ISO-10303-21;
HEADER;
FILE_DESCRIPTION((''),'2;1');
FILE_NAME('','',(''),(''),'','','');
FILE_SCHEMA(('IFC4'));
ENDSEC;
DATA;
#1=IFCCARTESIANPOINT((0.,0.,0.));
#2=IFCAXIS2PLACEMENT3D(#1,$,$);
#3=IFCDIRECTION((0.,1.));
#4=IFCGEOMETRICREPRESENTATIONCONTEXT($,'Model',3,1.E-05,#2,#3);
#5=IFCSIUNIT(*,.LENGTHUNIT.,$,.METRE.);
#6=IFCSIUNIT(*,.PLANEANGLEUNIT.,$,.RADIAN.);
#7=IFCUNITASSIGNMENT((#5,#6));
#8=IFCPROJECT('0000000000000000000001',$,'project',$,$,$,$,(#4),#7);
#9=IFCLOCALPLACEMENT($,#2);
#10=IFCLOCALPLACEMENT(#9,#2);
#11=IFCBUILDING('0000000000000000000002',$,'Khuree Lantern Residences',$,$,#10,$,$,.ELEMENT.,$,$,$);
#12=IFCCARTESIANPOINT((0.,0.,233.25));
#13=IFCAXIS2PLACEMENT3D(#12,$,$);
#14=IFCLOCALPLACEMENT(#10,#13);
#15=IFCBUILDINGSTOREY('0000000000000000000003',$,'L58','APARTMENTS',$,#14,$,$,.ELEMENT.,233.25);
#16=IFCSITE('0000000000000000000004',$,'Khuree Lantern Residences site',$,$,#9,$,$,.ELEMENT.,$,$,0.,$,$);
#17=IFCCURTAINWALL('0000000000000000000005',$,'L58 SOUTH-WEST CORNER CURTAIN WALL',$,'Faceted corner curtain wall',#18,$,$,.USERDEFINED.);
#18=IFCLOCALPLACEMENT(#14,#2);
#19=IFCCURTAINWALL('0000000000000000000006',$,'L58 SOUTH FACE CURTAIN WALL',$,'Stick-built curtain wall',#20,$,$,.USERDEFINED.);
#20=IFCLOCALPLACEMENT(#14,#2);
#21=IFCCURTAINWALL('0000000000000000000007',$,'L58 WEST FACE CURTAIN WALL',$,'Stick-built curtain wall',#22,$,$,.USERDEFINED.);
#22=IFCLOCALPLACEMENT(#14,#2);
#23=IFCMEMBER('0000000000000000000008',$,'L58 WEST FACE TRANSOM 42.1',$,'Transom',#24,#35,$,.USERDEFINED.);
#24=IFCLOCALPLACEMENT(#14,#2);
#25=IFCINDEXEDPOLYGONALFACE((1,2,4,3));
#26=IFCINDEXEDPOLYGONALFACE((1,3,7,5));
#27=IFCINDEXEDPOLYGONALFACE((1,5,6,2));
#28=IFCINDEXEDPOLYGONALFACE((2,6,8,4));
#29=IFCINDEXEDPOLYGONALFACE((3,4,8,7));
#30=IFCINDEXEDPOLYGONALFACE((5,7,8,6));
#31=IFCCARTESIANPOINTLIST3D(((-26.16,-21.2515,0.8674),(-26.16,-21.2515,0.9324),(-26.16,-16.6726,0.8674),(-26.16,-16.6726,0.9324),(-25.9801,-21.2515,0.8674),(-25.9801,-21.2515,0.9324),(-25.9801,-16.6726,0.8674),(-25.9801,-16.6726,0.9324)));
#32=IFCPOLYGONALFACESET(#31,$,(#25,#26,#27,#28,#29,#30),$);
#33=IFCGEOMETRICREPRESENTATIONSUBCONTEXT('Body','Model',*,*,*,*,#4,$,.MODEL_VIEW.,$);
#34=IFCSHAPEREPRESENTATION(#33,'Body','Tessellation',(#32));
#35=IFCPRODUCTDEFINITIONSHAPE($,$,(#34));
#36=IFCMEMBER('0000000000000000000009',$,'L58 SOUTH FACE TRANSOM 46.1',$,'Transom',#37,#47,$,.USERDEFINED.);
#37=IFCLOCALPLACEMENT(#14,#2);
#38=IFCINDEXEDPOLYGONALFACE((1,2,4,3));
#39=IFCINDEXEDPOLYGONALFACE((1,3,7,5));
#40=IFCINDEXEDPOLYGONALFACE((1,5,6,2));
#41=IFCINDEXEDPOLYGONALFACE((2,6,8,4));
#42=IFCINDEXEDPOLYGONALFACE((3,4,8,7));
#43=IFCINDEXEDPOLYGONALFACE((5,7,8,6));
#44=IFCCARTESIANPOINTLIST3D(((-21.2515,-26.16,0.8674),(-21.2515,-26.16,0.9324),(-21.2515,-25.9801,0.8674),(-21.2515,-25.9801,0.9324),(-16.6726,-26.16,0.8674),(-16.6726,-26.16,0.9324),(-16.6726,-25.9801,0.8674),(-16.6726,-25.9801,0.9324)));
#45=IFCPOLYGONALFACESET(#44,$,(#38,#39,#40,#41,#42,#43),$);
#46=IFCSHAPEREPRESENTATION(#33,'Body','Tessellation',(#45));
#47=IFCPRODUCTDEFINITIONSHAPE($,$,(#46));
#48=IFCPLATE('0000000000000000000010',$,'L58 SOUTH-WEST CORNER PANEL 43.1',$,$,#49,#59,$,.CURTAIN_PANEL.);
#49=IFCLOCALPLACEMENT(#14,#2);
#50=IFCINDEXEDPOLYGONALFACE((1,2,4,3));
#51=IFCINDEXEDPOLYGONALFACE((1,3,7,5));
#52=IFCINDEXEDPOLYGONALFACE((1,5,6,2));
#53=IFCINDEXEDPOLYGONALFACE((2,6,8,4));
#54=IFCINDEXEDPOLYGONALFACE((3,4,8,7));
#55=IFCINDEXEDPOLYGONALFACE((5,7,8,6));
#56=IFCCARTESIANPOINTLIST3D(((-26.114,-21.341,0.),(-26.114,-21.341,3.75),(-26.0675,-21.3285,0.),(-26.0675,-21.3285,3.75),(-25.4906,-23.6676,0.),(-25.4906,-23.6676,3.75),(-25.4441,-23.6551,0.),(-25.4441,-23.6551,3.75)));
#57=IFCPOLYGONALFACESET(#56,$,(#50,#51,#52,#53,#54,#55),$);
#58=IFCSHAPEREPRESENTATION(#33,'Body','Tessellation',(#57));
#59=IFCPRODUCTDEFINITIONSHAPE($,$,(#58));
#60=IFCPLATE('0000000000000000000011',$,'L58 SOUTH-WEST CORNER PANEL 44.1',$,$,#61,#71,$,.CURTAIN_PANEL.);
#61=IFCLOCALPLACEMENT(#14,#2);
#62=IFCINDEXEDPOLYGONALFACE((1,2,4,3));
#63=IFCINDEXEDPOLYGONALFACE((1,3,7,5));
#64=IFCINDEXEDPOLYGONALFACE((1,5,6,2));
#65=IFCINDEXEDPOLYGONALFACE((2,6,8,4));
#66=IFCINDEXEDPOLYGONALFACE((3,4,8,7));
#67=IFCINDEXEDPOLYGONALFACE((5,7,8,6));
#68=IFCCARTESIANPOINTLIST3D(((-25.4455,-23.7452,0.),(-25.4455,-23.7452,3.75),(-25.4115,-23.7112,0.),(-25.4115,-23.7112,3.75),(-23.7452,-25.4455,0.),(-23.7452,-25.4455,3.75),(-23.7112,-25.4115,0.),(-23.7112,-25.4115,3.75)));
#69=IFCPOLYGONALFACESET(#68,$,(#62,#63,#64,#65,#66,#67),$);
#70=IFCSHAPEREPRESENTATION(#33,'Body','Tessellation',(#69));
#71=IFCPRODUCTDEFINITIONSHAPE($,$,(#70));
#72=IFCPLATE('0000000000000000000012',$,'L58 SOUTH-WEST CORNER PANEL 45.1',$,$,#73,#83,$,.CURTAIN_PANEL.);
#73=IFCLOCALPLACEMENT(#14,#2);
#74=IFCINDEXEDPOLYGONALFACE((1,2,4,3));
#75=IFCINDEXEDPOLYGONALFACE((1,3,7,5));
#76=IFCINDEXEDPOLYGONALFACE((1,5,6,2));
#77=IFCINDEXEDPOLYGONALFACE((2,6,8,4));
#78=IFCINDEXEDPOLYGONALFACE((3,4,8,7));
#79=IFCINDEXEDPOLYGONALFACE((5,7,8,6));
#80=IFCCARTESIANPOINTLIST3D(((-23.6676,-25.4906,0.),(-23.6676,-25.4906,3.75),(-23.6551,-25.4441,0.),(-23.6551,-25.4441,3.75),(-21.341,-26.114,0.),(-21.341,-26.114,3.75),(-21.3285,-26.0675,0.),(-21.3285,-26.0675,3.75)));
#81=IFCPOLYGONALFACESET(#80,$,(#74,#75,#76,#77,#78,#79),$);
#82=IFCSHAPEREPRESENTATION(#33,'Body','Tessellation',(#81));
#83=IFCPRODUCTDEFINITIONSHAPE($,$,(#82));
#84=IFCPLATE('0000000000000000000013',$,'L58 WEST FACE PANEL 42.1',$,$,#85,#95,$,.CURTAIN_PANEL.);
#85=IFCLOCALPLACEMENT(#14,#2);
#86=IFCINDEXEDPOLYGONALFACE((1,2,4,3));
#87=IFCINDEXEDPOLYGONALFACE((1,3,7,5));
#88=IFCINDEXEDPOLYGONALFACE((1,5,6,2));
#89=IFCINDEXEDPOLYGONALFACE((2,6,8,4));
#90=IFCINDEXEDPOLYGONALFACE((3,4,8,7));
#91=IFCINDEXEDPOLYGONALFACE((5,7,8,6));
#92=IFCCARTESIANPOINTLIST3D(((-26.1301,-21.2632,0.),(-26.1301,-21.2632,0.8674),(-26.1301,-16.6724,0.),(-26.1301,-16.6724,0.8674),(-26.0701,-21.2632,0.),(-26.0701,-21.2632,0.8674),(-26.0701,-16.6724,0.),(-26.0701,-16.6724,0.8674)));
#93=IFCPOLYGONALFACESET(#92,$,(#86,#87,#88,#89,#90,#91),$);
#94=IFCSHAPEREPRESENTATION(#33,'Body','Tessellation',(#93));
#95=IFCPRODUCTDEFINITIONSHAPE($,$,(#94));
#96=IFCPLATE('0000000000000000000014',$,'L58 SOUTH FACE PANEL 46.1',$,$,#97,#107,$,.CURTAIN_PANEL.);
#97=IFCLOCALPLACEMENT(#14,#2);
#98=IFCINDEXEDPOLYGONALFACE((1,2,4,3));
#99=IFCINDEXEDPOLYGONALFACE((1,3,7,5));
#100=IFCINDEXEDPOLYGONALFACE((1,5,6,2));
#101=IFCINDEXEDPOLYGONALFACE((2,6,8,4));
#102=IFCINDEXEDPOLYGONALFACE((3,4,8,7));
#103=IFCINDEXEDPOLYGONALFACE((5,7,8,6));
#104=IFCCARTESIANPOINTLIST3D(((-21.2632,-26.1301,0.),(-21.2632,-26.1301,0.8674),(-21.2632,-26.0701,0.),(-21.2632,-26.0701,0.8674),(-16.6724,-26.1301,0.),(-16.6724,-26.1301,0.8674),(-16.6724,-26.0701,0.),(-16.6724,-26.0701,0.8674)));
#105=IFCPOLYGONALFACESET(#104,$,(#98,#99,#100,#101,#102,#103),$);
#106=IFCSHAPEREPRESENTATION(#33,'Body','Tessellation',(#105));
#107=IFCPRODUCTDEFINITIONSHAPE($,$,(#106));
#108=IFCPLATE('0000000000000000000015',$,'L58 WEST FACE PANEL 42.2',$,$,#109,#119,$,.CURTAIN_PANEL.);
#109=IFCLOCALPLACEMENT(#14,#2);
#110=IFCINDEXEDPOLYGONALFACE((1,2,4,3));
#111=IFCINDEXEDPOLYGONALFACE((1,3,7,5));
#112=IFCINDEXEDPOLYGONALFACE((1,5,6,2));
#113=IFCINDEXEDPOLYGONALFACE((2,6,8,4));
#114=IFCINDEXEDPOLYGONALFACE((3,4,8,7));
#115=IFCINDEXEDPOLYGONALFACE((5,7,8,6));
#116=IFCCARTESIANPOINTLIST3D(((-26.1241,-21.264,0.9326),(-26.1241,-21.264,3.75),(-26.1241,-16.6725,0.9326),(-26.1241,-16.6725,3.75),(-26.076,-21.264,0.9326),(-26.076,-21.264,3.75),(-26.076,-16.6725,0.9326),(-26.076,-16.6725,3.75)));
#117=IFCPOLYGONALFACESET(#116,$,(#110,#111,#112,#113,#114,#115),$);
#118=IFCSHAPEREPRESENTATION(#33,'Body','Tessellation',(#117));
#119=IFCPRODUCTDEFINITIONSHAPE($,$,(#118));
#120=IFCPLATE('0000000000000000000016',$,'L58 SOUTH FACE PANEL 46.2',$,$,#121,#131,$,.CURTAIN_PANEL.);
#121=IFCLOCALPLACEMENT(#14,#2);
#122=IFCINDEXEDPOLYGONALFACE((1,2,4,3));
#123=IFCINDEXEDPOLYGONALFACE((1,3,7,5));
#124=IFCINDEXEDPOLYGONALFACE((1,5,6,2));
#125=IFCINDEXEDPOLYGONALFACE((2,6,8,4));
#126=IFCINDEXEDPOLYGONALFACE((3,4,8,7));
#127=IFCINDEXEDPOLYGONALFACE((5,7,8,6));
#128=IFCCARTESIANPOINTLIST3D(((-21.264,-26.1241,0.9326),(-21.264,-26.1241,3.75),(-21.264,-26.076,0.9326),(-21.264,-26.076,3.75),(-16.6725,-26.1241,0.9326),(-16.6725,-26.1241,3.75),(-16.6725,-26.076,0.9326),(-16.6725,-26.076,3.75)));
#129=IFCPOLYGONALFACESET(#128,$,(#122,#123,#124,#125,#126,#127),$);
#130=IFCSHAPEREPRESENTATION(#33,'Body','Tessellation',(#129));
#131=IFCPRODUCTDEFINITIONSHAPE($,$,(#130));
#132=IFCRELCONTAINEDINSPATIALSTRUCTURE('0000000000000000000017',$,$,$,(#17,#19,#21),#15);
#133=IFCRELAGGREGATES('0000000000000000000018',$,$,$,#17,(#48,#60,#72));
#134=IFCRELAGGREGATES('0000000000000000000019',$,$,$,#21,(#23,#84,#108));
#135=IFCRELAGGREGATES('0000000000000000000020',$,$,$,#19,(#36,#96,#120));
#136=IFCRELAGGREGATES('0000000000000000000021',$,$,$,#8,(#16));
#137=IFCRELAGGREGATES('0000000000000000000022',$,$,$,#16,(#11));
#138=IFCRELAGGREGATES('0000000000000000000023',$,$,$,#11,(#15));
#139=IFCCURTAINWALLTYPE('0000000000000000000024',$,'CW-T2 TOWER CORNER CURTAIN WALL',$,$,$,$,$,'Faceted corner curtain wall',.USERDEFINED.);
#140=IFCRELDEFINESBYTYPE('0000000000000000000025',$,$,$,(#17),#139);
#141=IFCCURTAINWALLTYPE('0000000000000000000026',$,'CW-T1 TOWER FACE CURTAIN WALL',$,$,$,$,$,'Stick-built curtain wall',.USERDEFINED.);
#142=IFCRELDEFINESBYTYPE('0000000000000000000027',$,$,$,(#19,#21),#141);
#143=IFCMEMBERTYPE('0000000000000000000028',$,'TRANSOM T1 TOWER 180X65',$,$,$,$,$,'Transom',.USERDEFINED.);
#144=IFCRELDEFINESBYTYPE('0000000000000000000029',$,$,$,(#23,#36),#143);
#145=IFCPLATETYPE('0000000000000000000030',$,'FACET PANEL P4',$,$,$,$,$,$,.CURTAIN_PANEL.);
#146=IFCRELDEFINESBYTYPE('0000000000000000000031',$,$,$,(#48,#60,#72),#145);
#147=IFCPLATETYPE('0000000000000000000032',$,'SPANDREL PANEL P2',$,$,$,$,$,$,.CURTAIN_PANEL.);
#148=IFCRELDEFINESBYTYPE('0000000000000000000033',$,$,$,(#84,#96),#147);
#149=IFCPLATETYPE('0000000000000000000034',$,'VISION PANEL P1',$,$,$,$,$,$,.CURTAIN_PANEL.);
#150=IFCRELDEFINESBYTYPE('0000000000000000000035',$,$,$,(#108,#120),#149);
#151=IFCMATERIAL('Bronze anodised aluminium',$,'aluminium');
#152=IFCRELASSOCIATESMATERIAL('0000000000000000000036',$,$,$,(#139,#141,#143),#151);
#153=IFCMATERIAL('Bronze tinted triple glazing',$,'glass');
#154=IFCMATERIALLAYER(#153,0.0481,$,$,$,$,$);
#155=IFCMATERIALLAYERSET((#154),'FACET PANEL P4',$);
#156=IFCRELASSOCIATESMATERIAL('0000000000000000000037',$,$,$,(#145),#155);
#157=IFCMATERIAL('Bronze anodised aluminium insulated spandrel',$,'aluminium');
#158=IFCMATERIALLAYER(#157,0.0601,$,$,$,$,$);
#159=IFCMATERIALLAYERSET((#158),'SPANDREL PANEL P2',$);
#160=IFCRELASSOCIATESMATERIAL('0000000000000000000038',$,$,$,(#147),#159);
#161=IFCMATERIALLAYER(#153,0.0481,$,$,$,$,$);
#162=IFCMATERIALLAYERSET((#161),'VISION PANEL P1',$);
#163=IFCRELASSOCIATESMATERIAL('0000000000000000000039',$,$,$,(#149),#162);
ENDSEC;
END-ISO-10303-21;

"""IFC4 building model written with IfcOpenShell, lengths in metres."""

from ifc_helpers import new_model, si_unit, direction, frame, origin, origin_2d, place, context, subcontext, project, spatial, rectangle, extrude, material, layer, layer_set, material_profile, profile_set, type_object, element, aggregate, save


model = new_model("IFC4")

# Units and contexts
model_context = context("Model", 3, precision=1e-05, world=origin(), true_north=direction((0.0, 1.0)))
body_context = subcontext(model_context, "Body", "Model", "MODEL_VIEW")
ifc_project = project(units=[si_unit("LENGTHUNIT", "METRE"), si_unit("PLANEANGLEUNIT", "RADIAN")], contexts=[model_context])

# Site, building, storey
site_placement = place(None, origin())
site = spatial("IfcSite", under=ifc_project, at=site_placement, Name="Khuree Lantern Residences site", CompositionType="ELEMENT", RefElevation=0.0)
building_placement = place(site_placement, origin())
building = spatial("IfcBuilding", under=site, at=building_placement, Name="Khuree Lantern Residences", CompositionType="ELEMENT")
storey_placement = place(building_placement, frame((0.0, 0.0, 233.25)))
storey = spatial("IfcBuildingStorey", under=building, at=storey_placement, Name="L58", Description="APARTMENTS", CompositionType="ELEMENT", Elevation=233.25)

# Curtain wall
ifc_material_1 = material(Name="Bronze anodised aluminium", Category="aluminium")
curtain_wall_type_1 = type_object("IfcCurtainWallType", Name="CW-T2 TOWER CORNER CURTAIN WALL", ElementType="Faceted corner curtain wall", PredefinedType="USERDEFINED", material=ifc_material_1)
curtain_wall_1_placement = place(storey_placement, origin())
curtain_wall_1 = element("IfcCurtainWall", 1, at=curtain_wall_1_placement, inside=storey, type_object=curtain_wall_type_1, Name="L58 SOUTH-WEST CORNER CURTAIN WALL", ObjectType="Faceted corner curtain wall", PredefinedType="USERDEFINED")

# Curtain wall
curtain_wall_type_2 = type_object("IfcCurtainWallType", Name="CW-T1 TOWER FACE CURTAIN WALL", ElementType="Stick-built curtain wall", PredefinedType="USERDEFINED", material=ifc_material_1)
curtain_wall_2_placement = place(storey_placement, origin())
curtain_wall_2 = element("IfcCurtainWall", 2, at=curtain_wall_2_placement, inside=storey, type_object=curtain_wall_type_2, Name="L58 SOUTH FACE CURTAIN WALL", ObjectType="Stick-built curtain wall", PredefinedType="USERDEFINED")

# Curtain wall, member
curtain_wall_3_placement = place(storey_placement, origin())
curtain_wall_3 = element("IfcCurtainWall", 3, at=curtain_wall_3_placement, inside=storey, type_object=curtain_wall_type_2, Name="L58 WEST FACE CURTAIN WALL", ObjectType="Stick-built curtain wall", PredefinedType="USERDEFINED")
ifc_material_profile_1 = material_profile(ifc_material_1, rectangle(XDim=0.1799, YDim=0.0649, at=origin_2d()), Name="T1 180X65")
ifc_profile_set_1 = profile_set([ifc_material_profile_1], Name="Bronze anodised aluminium")
member_type_1 = type_object("IfcMemberType", Name="TRANSOM T1 TOWER 180X65", ElementType="Transom", PredefinedType="USERDEFINED", material=ifc_profile_set_1)
member_1_placement = place(storey_placement, frame((-26.0701, -16.6726, 0.8999), z_axis=(0.0, -1.0, 0.0), x_axis=(1.0, 0.0, 0.0)))
member_1 = element("IfcMember", 4, at=member_1_placement, type_object=member_type_1, Name="L58 WEST FACE TRANSOM 42.1", ObjectType="Transom", PredefinedType="USERDEFINED", context=body_context, shape_type="SweptSolid", body=[
    extrude(rectangle(XDim=0.1799, YDim=0.0649, at=origin_2d()), origin(), (0.0, 0.0, 1.0), 4.5789),
])

# Member
member_2_placement = place(storey_placement, frame((-21.2515, -26.0701, 0.8999), z_axis=(1.0, 0.0, 0.0), x_axis=(0.0, 1.0, 0.0)))
member_2 = element("IfcMember", 5, at=member_2_placement, type_object=member_type_1, Name="L58 SOUTH FACE TRANSOM 46.1", ObjectType="Transom", PredefinedType="USERDEFINED", context=body_context, shape_type="SweptSolid", body=[
    extrude(rectangle(XDim=0.1799, YDim=0.0649, at=origin_2d()), origin(), (0.0, 0.0, 1.0), 4.5789),
])

# Plates
ifc_material_2 = material(Name="Bronze tinted triple glazing", Category="glass")
ifc_layer_1 = layer(ifc_material_2, 0.0481)
ifc_layer_set_1 = layer_set([ifc_layer_1], Name="FACET PANEL P4")
plate_type_1 = type_object("IfcPlateType", Name="FACET PANEL P4", PredefinedType="CURTAIN_PANEL", material=ifc_layer_set_1)
plate_1_placement = place(storey_placement, frame((-25.7791, -22.498, 0.0), z_axis=(0.0, 0.0, 1.0), x_axis=(0.258819, -0.965926, 0.0)))
plate_1 = element("IfcPlate", 6, at=plate_1_placement, type_object=plate_type_1, Name="L58 SOUTH-WEST CORNER PANEL 43.1", PredefinedType="CURTAIN_PANEL", context=body_context, shape_type="SweptSolid", body=[
    extrude(rectangle(XDim=2.4087, YDim=0.0481, at=origin_2d()), origin(), (0.0, 0.0, 1.0), 3.75),
])
plate_2_placement = place(storey_placement, frame((-24.5784, -24.5784, 0.0), z_axis=(0.0, 0.0, 1.0), x_axis=(0.707107, -0.707107, 0.0)))
plate_2 = element("IfcPlate", 7, at=plate_2_placement, type_object=plate_type_1, Name="L58 SOUTH-WEST CORNER PANEL 44.1", PredefinedType="CURTAIN_PANEL", context=body_context, shape_type="SweptSolid", body=[
    extrude(rectangle(XDim=2.4045, YDim=0.0481, at=origin_2d()), origin(), (0.0, 0.0, 1.0), 3.75),
])
plate_3_placement = place(storey_placement, frame((-22.498, -25.7791, 0.0), z_axis=(0.0, 0.0, 1.0), x_axis=(0.965926, -0.258819, 0.0)))
plate_3 = element("IfcPlate", 8, at=plate_3_placement, type_object=plate_type_1, Name="L58 SOUTH-WEST CORNER PANEL 45.1", PredefinedType="CURTAIN_PANEL", context=body_context, shape_type="SweptSolid", body=[
    extrude(rectangle(XDim=2.4087, YDim=0.0481, at=origin_2d()), origin(), (0.0, 0.0, 1.0), 3.75),
])
aggregate(curtain_wall_1, [plate_1, plate_2, plate_3])
ifc_material_3 = material(Name="Bronze anodised aluminium insulated spandrel", Category="aluminium")
ifc_layer_2 = layer(ifc_material_3, 0.0601)
ifc_layer_set_2 = layer_set([ifc_layer_2], Name="SPANDREL PANEL P2")
plate_type_2 = type_object("IfcPlateType", Name="SPANDREL PANEL P2", PredefinedType="CURTAIN_PANEL", material=ifc_layer_set_2)
plate_4_placement = place(storey_placement, frame((-26.1001, -18.9678, 0.0), z_axis=(0.0, 0.0, 1.0), x_axis=(0.0, -1.0, 0.0)))
plate_4 = element("IfcPlate", 9, at=plate_4_placement, type_object=plate_type_2, Name="L58 WEST FACE PANEL 42.1", PredefinedType="CURTAIN_PANEL", context=body_context, shape_type="SweptSolid", body=[
    extrude(rectangle(XDim=4.5908, YDim=0.0601, at=origin_2d()), origin(), (0.0, 0.0, 1.0), 0.8674),
])
plate_5_placement = place(storey_placement, frame((-18.9678, -26.1001, 0.0), z_axis=(0.0, 0.0, 1.0), x_axis=(1.0, 0.0, 0.0)))
plate_5 = element("IfcPlate", 10, at=plate_5_placement, type_object=plate_type_2, Name="L58 SOUTH FACE PANEL 46.1", PredefinedType="CURTAIN_PANEL", context=body_context, shape_type="SweptSolid", body=[
    extrude(rectangle(XDim=4.5908, YDim=0.0601, at=origin_2d()), origin(), (0.0, 0.0, 1.0), 0.8674),
])
ifc_layer_3 = layer(ifc_material_2, 0.0481)
ifc_layer_set_3 = layer_set([ifc_layer_3], Name="VISION PANEL P1")
plate_type_3 = type_object("IfcPlateType", Name="VISION PANEL P1", PredefinedType="CURTAIN_PANEL", material=ifc_layer_set_3)
plate_6_placement = place(storey_placement, frame((-26.1001, -18.9683, 0.9326), z_axis=(0.0, 0.0, 1.0), x_axis=(0.0, -1.0, 0.0)))
plate_6 = element("IfcPlate", 11, at=plate_6_placement, type_object=plate_type_3, Name="L58 WEST FACE PANEL 42.2", PredefinedType="CURTAIN_PANEL", context=body_context, shape_type="SweptSolid", body=[
    extrude(rectangle(XDim=4.5916, YDim=0.0481, at=origin_2d()), origin(), (0.0, 0.0, 1.0), 2.8174),
])
aggregate(curtain_wall_3, [member_1, plate_4, plate_6])
plate_7_placement = place(storey_placement, frame((-18.9683, -26.1001, 0.9326), z_axis=(0.0, 0.0, 1.0), x_axis=(1.0, 0.0, 0.0)))
plate_7 = element("IfcPlate", 12, at=plate_7_placement, type_object=plate_type_3, Name="L58 SOUTH FACE PANEL 46.2", PredefinedType="CURTAIN_PANEL", context=body_context, shape_type="SweptSolid", body=[
    extrude(rectangle(XDim=4.5916, YDim=0.0481, at=origin_2d()), origin(), (0.0, 0.0, 1.0), 2.8174),
])
aggregate(curtain_wall_2, [member_2, plate_5, plate_7])

save(model, "model.ifc")
